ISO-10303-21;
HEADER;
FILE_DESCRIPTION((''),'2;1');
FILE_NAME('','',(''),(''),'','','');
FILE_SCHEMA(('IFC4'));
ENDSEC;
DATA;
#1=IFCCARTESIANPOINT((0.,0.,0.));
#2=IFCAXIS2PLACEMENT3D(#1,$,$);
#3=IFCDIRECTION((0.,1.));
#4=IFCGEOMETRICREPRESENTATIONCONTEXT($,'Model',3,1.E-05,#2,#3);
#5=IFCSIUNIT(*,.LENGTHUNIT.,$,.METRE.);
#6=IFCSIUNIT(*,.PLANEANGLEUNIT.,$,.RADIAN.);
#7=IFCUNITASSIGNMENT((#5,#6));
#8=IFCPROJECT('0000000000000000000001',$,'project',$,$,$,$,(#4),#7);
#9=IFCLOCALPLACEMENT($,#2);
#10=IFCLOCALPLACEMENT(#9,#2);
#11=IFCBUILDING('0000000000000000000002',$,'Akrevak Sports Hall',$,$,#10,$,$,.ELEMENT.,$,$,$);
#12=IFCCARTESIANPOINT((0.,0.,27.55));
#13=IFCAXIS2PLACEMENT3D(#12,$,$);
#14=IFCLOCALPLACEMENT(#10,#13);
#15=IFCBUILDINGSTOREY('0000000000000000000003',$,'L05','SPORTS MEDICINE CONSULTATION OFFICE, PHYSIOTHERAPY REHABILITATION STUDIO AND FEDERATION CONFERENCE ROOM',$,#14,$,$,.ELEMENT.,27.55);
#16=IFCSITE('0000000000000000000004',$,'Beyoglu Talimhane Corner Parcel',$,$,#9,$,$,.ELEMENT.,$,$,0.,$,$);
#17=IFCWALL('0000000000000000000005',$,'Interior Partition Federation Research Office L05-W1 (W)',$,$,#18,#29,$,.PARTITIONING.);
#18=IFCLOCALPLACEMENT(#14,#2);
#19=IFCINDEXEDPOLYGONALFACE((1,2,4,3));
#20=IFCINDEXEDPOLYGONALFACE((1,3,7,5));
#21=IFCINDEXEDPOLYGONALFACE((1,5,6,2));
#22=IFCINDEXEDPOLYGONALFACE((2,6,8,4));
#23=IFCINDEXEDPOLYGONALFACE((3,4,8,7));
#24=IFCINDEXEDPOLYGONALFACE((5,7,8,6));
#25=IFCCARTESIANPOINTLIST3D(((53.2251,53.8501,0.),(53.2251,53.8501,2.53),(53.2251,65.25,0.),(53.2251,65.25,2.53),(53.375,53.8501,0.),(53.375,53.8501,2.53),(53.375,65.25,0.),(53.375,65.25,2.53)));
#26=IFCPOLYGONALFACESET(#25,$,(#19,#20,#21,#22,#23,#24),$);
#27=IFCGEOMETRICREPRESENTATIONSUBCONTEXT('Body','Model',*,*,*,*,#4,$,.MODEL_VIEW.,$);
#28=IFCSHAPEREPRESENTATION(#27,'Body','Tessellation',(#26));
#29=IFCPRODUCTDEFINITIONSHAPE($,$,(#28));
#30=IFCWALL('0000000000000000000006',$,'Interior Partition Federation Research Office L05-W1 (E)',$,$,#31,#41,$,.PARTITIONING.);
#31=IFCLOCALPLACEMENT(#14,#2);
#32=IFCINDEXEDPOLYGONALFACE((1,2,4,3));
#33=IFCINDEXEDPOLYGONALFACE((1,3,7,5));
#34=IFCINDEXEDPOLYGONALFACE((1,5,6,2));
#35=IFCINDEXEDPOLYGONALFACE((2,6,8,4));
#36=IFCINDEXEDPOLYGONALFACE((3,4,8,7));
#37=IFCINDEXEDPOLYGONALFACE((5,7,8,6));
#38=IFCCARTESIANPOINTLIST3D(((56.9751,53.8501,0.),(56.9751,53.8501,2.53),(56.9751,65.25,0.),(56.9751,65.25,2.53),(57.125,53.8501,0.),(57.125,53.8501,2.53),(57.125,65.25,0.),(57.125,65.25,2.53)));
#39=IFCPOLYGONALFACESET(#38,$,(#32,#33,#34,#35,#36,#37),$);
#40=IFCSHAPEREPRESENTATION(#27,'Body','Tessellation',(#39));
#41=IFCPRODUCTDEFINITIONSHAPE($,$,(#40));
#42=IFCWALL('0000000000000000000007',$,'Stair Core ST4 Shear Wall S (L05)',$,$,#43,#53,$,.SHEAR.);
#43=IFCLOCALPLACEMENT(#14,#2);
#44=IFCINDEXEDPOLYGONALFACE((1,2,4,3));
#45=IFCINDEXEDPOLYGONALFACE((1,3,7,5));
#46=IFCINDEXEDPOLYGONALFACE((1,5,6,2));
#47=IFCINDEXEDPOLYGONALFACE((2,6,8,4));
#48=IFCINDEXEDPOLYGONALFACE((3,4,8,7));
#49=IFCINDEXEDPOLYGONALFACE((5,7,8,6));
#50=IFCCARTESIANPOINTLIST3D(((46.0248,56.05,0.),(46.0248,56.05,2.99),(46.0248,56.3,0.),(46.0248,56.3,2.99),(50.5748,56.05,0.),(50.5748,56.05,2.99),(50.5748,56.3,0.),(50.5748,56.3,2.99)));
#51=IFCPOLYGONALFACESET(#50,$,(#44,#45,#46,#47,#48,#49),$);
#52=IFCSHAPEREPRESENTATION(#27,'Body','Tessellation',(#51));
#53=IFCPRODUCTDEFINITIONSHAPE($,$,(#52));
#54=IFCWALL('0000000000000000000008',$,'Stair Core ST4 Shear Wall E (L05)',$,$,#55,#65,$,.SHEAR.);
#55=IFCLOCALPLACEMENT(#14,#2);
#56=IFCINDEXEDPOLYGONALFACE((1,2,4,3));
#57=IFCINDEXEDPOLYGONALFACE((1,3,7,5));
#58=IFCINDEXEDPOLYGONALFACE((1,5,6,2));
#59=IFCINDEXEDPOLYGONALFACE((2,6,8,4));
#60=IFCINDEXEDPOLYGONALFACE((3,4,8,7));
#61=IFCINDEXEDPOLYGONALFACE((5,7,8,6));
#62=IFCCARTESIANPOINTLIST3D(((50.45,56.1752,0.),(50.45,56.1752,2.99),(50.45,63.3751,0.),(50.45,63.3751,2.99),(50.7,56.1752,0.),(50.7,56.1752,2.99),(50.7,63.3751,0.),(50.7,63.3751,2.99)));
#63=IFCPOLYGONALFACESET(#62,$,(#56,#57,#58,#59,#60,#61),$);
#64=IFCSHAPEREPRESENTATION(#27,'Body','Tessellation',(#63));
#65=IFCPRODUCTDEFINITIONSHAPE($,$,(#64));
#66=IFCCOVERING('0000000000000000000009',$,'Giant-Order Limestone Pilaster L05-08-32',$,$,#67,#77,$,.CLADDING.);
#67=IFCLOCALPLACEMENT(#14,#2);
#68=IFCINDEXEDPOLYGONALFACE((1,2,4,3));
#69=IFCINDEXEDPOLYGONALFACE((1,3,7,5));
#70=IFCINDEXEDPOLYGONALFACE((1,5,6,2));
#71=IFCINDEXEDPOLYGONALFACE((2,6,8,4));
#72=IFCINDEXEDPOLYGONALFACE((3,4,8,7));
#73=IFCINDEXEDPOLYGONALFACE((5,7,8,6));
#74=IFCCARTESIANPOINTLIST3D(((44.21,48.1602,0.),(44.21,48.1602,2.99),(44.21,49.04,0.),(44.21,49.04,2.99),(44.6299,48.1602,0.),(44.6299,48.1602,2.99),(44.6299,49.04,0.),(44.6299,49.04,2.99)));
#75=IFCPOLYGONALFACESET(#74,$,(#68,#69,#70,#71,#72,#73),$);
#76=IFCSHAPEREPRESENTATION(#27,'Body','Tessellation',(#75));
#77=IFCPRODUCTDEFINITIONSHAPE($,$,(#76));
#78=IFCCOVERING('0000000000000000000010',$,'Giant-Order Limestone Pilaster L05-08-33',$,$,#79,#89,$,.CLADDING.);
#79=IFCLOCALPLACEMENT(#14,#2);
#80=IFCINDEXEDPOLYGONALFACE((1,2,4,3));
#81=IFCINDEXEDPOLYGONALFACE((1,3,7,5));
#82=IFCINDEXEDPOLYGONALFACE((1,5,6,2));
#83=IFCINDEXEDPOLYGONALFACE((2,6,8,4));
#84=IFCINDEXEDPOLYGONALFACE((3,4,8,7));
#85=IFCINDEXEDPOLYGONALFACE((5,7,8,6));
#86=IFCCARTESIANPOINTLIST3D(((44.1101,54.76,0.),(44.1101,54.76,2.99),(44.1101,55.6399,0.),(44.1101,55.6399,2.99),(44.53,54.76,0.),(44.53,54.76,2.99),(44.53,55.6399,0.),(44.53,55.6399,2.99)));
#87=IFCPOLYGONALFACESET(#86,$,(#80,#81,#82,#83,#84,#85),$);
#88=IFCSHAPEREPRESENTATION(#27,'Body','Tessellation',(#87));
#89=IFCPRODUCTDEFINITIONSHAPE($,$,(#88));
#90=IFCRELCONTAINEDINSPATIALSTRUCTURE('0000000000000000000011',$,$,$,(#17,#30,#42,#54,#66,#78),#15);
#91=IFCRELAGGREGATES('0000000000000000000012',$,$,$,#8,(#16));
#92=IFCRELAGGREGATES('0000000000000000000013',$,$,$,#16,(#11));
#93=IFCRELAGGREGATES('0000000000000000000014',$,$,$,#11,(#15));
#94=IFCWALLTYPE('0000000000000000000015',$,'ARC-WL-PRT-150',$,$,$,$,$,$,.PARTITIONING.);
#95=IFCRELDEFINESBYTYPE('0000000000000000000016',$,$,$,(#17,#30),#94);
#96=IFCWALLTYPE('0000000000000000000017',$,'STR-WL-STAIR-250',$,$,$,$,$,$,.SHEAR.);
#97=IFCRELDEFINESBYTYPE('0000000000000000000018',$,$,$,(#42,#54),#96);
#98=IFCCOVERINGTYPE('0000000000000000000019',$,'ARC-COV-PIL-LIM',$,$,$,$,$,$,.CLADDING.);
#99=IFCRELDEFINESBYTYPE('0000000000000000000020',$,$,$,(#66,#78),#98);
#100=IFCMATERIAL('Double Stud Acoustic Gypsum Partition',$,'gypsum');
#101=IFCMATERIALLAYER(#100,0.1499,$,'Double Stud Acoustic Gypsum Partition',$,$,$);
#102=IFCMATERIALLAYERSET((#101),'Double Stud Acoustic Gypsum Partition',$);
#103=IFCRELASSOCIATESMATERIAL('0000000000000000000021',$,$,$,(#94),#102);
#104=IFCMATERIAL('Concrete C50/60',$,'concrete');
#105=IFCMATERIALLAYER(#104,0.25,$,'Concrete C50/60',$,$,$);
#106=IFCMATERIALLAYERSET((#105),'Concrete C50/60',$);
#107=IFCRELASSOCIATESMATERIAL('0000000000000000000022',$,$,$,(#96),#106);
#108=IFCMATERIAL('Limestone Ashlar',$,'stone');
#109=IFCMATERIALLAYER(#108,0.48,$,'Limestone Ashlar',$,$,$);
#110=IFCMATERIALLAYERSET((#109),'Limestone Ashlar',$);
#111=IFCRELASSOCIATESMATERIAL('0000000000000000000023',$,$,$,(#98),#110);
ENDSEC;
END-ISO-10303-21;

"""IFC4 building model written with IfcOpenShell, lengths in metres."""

from ifc_helpers import new_model, si_unit, direction, frame, frame_2d, origin, origin_2d, place, context, subcontext, project, spatial, rectangle, extrude, material, layer, layer_set, type_object, element, save


model = new_model("IFC4")

# Units and contexts
model_context = context("Model", 3, precision=1e-05, world=origin(), true_north=direction((0.0, 1.0)))
body_context = subcontext(model_context, "Body", "Model", "MODEL_VIEW")
ifc_project = project(units=[si_unit("LENGTHUNIT", "METRE"), si_unit("PLANEANGLEUNIT", "RADIAN")], contexts=[model_context])

# Site, building, storey
site_placement = place(None, origin())
site = spatial("IfcSite", under=ifc_project, at=site_placement, Name="Beyoglu Talimhane Corner Parcel", CompositionType="ELEMENT", RefElevation=0.0)
building_placement = place(site_placement, origin())
building = spatial("IfcBuilding", under=site, at=building_placement, Name="Akrevak Sports Hall", CompositionType="ELEMENT")
storey_placement = place(building_placement, frame((0.0, 0.0, 27.55)))
storey = spatial("IfcBuildingStorey", under=building, at=storey_placement, Name="L05", Description="SPORTS MEDICINE CONSULTATION OFFICE, PHYSIOTHERAPY REHABILITATION STUDIO AND FEDERATION CONFERENCE ROOM", CompositionType="ELEMENT", Elevation=27.55)

# Shared definitions
ifc_material_1 = material(Name="Concrete C50/60", Category="concrete")

# Shared definitions
ifc_material_2 = material(Name="Double Stud Acoustic Gypsum Partition", Category="gypsum")
ifc_layer_1 = layer(ifc_material_2, 0.1499, Name="Double Stud Acoustic Gypsum Partition")
ifc_layer_set_1 = layer_set([ifc_layer_1], Name="Double Stud Acoustic Gypsum Partition")
wall_type_1 = type_object("IfcWallType", Name="ARC-WL-PRT-150", PredefinedType="PARTITIONING", material=ifc_layer_set_1)

# Walls
for number, where, z_axis, x_axis, name in (
    (1, (53.3, 53.8501, 0.0), (0.0, 0.0, 1.0), (0.0, 1.0, 0.0), "Interior Partition Federation Research Office L05-W1 (W)"),
    (2, (57.05, 53.8501, 0.0), (0.0, 0.0, 1.0), (0.0, 1.0, 0.0), "Interior Partition Federation Research Office L05-W1 (E)"),
):
    element("IfcWall", number, at=place(storey_placement, frame(where, z_axis=z_axis, x_axis=x_axis)), inside=storey, type_object=wall_type_1, Name=name, PredefinedType="PARTITIONING", context=body_context, shape_type="SweptSolid", body=[
        extrude(rectangle(XDim=11.3999, YDim=0.1499, at=frame_2d((5.7, 0.0))), origin(), (0.0, 0.0, 1.0), 2.53),
    ])
ifc_layer_2 = layer(ifc_material_1, 0.25, Name="Concrete C50/60")
ifc_layer_set_2 = layer_set([ifc_layer_2], Name="Concrete C50/60")
wall_type_2 = type_object("IfcWallType", Name="STR-WL-STAIR-250", PredefinedType="SHEAR", material=ifc_layer_set_2)
wall_1_placement = place(storey_placement, frame((46.0249, 56.175, 0.0), z_axis=(0.0, 0.0, 1.0), x_axis=(1.0, 0.0, 0.0)))
element("IfcWall", 3, at=wall_1_placement, inside=storey, type_object=wall_type_2, Name="Stair Core ST4 Shear Wall S (L05)", PredefinedType="SHEAR", context=body_context, shape_type="SweptSolid", body=[
    extrude(rectangle(XDim=4.55, YDim=0.25, at=frame_2d((2.2749, 0.0))), origin(), (0.0, 0.0, 1.0), 2.99),
])
wall_2_placement = place(storey_placement, frame((50.575, 56.175, 0.0), z_axis=(0.0, 0.0, 1.0), x_axis=(0.0, 1.0, 0.0)))
element("IfcWall", 4, at=wall_2_placement, inside=storey, type_object=wall_type_2, Name="Stair Core ST4 Shear Wall E (L05)", PredefinedType="SHEAR", context=body_context, shape_type="SweptSolid", body=[
    extrude(rectangle(XDim=7.2, YDim=0.25, at=frame_2d((3.6001, 0.0))), origin(), (0.0, 0.0, 1.0), 2.99),
])

# Coverings
ifc_material_3 = material(Name="Limestone Ashlar", Category="stone")
ifc_layer_3 = layer(ifc_material_3, 0.48, Name="Limestone Ashlar")
ifc_layer_set_3 = layer_set([ifc_layer_3], Name="Limestone Ashlar")
covering_type = type_object("IfcCoveringType", Name="ARC-COV-PIL-LIM", PredefinedType="CLADDING", material=ifc_layer_set_3)
for number, where, z_axis, x_axis, name in (
    (5, (44.4199, 48.6001, 0.0), (0.0, 0.0, 1.0), (0.0, -1.0, 0.0), "Giant-Order Limestone Pilaster L05-08-32"),
    (6, (44.3201, 55.2, 0.0), (0.0, 0.0, 1.0), (0.0, -1.0, 0.0), "Giant-Order Limestone Pilaster L05-08-33"),
):
    element("IfcCovering", number, at=place(storey_placement, frame(where, z_axis=z_axis, x_axis=x_axis)), inside=storey, type_object=covering_type, Name=name, PredefinedType="CLADDING", context=body_context, shape_type="SweptSolid", body=[
        extrude(rectangle(XDim=0.8799, YDim=0.4199, at=origin_2d()), origin(), (0.0, 0.0, 1.0), 2.99),
    ])

save(model, "model.ifc")
